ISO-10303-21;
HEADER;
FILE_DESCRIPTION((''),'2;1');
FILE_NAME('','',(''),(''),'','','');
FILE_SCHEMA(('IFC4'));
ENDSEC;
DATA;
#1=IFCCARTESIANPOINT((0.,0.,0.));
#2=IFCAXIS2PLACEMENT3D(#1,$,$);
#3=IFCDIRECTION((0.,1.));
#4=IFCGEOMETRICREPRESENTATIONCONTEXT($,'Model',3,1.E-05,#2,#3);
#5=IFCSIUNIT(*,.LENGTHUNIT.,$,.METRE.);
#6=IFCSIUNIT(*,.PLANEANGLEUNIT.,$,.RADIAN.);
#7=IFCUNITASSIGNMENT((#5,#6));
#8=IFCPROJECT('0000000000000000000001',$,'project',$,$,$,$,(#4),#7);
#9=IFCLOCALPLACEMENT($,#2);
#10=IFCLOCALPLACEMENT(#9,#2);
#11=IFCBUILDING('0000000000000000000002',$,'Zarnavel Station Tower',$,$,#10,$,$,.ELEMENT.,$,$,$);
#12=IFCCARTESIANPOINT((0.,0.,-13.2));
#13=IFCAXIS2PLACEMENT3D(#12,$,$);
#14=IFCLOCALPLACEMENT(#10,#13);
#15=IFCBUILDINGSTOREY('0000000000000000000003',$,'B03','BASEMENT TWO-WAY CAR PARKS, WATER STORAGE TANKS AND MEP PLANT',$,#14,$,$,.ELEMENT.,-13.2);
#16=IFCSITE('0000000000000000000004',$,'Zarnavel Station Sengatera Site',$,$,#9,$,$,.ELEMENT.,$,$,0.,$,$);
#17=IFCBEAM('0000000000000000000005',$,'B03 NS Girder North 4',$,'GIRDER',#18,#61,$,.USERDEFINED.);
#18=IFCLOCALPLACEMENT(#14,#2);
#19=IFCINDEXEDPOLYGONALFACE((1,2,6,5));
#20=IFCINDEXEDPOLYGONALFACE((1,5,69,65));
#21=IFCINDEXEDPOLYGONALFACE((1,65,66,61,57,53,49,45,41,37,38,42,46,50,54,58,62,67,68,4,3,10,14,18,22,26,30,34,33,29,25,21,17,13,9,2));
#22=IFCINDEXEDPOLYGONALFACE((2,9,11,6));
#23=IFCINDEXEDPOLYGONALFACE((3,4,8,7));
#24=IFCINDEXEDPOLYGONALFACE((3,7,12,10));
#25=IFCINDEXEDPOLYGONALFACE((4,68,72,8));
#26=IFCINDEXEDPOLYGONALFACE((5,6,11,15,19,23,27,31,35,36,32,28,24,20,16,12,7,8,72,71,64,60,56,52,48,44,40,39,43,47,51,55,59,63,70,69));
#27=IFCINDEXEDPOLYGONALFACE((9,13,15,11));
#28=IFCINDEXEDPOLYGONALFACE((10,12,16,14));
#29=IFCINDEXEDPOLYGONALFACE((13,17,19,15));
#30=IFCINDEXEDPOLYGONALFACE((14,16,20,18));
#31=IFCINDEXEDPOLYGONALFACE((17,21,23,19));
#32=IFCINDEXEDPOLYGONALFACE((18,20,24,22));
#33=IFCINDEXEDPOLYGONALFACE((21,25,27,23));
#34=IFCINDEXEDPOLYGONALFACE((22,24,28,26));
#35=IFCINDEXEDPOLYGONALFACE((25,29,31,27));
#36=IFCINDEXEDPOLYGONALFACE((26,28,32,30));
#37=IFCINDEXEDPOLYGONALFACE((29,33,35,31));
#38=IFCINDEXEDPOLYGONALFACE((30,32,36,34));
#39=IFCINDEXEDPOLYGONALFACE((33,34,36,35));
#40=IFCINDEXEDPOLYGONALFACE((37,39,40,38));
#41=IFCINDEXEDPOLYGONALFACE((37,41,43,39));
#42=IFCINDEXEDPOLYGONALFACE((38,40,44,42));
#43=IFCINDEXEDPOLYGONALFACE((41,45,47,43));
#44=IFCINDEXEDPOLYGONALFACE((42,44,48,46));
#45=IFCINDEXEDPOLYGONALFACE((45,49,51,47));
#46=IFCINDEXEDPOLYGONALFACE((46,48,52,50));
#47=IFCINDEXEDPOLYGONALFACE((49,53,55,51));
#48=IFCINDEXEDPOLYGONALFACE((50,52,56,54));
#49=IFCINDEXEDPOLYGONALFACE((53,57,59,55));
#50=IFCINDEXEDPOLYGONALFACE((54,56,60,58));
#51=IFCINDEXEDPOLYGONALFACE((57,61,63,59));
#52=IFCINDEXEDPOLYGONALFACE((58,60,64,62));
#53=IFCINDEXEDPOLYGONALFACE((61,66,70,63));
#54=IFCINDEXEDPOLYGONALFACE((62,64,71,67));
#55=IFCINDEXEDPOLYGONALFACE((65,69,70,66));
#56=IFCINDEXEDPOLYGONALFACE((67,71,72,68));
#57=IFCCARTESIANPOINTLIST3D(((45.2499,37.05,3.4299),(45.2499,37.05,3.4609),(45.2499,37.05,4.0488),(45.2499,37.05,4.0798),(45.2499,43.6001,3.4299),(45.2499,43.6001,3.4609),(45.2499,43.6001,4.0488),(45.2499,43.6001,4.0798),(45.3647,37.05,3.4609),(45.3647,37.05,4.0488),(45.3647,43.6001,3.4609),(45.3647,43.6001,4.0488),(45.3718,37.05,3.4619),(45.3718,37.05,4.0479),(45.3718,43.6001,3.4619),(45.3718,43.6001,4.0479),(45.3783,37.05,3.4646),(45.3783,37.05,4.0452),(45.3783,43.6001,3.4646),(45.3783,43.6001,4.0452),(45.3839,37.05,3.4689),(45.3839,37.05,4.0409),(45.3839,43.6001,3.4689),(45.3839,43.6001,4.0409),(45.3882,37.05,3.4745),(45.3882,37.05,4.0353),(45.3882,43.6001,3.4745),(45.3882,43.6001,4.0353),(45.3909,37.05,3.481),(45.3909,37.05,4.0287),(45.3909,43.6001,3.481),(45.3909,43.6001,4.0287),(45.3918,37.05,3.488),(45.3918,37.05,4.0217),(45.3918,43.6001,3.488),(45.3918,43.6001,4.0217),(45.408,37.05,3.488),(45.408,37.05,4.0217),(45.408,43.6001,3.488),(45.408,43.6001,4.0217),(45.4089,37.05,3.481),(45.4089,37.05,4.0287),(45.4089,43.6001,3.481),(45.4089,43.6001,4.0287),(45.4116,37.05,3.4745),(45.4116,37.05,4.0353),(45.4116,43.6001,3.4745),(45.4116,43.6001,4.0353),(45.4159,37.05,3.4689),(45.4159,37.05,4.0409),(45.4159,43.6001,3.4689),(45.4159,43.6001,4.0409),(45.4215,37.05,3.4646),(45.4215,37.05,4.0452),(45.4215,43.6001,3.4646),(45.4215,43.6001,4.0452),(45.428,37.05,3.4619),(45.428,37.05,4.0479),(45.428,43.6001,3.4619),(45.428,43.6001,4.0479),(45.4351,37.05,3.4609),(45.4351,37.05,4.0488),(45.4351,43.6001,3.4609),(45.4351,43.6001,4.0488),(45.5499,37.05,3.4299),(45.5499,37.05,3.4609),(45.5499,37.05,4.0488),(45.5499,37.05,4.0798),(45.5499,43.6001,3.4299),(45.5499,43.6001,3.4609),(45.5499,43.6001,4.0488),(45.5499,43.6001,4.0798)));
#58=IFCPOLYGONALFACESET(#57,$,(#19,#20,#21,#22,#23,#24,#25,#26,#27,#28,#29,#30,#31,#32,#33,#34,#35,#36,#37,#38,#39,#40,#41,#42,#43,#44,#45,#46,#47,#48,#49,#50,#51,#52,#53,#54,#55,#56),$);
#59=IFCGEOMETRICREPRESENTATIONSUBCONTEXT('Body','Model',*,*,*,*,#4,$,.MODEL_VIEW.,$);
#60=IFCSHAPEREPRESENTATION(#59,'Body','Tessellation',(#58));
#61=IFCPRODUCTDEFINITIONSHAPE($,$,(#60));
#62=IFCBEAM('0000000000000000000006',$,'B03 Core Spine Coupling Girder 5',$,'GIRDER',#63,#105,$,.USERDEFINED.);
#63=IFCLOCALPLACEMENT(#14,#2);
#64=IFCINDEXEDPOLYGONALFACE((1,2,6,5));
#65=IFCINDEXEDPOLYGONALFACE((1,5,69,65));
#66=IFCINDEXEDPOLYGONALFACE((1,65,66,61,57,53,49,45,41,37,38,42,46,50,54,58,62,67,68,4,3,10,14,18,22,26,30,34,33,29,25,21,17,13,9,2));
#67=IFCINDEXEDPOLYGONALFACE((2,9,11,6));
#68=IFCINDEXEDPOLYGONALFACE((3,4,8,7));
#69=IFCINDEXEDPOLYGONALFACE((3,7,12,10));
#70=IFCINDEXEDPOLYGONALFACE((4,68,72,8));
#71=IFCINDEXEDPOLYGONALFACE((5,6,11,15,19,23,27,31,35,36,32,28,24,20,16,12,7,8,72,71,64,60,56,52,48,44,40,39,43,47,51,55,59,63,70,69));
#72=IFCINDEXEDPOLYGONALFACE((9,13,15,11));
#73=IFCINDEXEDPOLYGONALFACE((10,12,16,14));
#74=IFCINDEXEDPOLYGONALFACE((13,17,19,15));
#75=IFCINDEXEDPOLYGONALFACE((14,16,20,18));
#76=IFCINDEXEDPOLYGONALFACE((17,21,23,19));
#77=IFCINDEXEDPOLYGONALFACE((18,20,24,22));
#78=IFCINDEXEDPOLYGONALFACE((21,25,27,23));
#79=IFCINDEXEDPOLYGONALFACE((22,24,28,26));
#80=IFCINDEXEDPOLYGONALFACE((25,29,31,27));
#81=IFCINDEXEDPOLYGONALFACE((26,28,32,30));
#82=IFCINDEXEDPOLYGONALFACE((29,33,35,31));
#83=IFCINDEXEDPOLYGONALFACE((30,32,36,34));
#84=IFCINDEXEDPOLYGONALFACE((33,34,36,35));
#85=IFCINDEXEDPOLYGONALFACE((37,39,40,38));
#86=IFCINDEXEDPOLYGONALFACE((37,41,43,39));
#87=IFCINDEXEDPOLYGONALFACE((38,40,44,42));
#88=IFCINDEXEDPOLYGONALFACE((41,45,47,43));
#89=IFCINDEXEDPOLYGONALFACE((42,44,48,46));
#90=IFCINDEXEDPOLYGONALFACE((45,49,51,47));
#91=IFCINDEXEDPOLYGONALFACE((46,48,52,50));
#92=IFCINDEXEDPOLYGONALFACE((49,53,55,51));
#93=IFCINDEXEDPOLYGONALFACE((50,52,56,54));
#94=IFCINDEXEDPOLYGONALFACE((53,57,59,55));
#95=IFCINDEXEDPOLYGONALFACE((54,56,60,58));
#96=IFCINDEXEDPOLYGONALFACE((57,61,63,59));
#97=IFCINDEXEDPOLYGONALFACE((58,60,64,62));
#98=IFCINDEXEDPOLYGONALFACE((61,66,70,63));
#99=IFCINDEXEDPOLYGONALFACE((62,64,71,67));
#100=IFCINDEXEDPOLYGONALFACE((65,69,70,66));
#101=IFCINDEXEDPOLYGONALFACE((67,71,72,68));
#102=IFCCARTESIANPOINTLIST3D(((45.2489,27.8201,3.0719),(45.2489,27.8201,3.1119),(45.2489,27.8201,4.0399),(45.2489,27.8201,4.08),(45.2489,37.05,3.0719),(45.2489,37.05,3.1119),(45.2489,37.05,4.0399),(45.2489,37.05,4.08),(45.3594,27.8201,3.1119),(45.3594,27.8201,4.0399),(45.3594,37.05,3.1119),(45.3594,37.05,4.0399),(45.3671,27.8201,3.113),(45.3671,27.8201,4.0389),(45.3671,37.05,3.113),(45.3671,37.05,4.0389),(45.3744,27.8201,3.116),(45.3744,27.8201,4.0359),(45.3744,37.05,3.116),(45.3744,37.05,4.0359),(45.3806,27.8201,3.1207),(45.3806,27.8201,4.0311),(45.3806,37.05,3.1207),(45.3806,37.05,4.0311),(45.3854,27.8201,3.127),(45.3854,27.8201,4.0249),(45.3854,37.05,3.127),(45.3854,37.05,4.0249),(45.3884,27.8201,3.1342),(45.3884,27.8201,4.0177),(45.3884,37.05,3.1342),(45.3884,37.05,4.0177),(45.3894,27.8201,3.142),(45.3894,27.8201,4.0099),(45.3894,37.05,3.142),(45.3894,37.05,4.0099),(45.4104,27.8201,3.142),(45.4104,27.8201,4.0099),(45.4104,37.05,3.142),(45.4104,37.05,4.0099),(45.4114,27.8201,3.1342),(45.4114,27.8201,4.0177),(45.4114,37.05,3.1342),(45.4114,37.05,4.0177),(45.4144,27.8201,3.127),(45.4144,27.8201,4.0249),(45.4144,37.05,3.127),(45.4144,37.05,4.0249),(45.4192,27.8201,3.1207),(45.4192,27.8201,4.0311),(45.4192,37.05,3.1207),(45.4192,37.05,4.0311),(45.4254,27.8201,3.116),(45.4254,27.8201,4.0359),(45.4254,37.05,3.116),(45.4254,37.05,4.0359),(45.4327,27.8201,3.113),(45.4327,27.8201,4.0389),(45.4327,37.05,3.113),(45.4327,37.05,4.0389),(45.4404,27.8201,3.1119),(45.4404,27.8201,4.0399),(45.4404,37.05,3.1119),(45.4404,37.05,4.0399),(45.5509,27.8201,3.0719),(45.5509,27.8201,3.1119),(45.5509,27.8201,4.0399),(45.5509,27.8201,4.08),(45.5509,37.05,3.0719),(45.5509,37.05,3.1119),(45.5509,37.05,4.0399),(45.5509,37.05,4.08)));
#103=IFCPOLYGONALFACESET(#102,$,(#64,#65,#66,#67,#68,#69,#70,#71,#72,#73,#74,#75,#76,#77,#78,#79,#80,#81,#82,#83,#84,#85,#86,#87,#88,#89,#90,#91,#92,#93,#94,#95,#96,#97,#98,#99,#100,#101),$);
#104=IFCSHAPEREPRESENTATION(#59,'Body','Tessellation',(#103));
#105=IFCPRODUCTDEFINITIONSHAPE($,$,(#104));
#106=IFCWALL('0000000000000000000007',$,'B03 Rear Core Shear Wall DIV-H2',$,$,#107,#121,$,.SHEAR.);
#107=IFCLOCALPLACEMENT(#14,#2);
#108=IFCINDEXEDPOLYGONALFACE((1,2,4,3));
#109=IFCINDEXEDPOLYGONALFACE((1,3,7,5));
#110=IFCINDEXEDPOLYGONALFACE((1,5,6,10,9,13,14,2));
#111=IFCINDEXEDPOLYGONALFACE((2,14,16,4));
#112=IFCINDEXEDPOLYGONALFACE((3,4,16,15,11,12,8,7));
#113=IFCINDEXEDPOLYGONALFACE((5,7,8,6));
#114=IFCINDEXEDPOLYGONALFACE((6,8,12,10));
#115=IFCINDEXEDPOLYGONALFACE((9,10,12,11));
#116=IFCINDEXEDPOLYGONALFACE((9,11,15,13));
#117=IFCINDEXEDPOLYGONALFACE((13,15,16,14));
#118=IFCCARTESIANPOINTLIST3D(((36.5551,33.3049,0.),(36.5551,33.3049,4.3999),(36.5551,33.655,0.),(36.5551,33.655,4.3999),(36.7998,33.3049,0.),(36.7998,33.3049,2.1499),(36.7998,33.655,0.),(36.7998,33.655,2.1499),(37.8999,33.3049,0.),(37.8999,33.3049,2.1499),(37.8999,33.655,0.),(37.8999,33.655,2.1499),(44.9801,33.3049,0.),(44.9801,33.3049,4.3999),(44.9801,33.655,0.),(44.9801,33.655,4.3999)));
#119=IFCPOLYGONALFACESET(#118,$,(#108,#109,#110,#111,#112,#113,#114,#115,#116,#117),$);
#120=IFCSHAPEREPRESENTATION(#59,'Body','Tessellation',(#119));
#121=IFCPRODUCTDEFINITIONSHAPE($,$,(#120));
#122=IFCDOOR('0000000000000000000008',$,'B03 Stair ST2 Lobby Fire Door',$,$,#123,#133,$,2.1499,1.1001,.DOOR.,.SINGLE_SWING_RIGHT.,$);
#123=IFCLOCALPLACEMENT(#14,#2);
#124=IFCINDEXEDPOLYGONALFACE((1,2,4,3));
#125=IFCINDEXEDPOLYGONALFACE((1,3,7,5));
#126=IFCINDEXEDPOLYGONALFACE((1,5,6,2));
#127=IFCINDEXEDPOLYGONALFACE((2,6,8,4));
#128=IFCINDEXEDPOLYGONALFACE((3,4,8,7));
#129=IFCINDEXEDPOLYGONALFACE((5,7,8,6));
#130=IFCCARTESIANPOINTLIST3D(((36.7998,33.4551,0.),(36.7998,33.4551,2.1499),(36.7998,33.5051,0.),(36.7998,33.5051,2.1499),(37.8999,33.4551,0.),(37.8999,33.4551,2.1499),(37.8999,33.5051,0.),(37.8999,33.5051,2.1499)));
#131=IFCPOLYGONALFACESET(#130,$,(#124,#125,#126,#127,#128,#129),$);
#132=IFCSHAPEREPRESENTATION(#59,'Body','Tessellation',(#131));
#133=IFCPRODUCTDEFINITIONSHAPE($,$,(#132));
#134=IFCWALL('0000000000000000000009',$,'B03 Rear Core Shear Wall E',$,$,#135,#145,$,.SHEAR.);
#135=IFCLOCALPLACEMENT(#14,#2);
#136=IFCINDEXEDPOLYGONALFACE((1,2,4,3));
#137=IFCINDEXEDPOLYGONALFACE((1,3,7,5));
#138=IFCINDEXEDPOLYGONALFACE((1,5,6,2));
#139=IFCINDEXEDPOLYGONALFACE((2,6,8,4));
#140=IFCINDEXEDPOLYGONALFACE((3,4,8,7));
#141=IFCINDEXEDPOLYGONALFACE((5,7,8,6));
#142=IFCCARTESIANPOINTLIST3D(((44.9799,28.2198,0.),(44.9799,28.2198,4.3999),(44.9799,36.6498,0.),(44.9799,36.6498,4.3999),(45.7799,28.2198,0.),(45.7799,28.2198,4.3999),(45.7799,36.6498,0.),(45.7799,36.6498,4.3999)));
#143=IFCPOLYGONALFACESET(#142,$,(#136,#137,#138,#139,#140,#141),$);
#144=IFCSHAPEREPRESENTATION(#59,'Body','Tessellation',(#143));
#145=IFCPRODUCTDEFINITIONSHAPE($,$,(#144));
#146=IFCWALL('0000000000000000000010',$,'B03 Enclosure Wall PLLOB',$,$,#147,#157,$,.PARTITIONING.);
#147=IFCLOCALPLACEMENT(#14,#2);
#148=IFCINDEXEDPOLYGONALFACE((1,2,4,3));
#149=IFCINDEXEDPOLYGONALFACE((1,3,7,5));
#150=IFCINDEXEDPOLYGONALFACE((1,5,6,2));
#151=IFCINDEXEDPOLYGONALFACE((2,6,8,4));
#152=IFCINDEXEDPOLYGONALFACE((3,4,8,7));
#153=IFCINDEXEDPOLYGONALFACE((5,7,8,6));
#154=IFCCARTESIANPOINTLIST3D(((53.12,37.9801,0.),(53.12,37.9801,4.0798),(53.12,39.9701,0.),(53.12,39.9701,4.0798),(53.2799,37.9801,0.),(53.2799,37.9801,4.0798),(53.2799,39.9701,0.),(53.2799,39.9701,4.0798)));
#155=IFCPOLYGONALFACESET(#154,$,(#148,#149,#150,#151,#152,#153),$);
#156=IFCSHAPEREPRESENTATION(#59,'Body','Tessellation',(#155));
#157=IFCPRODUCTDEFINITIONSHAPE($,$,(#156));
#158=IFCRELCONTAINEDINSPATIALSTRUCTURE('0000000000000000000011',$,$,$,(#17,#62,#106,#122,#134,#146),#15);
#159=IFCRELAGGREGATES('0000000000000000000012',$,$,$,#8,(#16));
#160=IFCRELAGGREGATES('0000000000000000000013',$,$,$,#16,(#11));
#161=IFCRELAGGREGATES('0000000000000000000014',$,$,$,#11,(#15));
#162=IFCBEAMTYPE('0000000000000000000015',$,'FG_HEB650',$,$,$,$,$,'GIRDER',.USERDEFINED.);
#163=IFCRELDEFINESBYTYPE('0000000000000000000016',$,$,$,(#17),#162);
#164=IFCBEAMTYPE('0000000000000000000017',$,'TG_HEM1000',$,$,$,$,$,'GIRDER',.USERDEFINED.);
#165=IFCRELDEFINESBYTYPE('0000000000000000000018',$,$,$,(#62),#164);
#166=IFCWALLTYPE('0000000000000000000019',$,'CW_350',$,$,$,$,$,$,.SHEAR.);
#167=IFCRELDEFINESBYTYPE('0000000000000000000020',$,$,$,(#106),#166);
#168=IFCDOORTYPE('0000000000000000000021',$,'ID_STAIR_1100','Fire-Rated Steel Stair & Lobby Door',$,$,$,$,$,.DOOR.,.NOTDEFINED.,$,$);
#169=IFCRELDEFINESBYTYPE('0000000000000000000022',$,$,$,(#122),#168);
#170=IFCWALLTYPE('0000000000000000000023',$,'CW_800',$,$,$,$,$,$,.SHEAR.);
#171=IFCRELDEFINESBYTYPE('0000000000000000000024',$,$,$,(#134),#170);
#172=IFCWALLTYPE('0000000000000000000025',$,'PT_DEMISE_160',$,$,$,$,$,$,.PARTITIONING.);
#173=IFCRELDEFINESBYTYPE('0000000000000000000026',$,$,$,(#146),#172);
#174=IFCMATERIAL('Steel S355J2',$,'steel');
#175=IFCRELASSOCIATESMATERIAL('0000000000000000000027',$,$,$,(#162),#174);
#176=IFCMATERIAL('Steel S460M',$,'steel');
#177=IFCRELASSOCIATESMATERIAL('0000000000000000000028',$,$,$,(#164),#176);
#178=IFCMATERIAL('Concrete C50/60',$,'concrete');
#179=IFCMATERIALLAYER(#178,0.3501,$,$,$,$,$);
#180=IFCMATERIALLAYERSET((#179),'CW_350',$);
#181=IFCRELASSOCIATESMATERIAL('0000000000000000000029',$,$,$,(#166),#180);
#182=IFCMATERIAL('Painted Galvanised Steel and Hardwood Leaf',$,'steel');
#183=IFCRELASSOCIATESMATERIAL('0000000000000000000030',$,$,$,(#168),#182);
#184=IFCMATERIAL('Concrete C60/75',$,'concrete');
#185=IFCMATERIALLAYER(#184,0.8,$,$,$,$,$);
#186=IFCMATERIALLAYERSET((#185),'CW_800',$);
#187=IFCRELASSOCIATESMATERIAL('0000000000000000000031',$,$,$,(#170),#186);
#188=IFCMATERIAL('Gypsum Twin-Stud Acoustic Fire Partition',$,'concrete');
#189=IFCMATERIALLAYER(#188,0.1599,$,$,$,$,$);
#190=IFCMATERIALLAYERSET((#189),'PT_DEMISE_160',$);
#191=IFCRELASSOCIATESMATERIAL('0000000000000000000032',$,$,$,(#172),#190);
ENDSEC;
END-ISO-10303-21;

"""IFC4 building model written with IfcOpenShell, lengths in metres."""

from ifc_helpers import new_model, si_unit, direction, frame, frame_2d, origin, origin_2d, place, context, subcontext, project, spatial, rectangle, i_section, extrude, material, layer, layer_set, material_profile, profile_set, type_object, element, fill, save


model = new_model("IFC4")

# Units and contexts
model_context = context("Model", 3, precision=1e-05, world=origin(), true_north=direction((0.0, 1.0)))
body_context = subcontext(model_context, "Body", "Model", "MODEL_VIEW")
ifc_project = project(units=[si_unit("LENGTHUNIT", "METRE"), si_unit("PLANEANGLEUNIT", "RADIAN")], contexts=[model_context])

# Site, building, storey
site_placement = place(None, origin())
site = spatial("IfcSite", under=ifc_project, at=site_placement, Name="Zarnavel Station Sengatera Site", CompositionType="ELEMENT", RefElevation=0.0)
building_placement = place(site_placement, origin())
building = spatial("IfcBuilding", under=site, at=building_placement, Name="Zarnavel Station Tower", CompositionType="ELEMENT")
storey_placement = place(building_placement, frame((0.0, 0.0, -13.2)))
storey = spatial("IfcBuildingStorey", under=building, at=storey_placement, Name="B03", Description="BASEMENT TWO-WAY CAR PARKS, WATER STORAGE TANKS AND MEP PLANT", CompositionType="ELEMENT", Elevation=-13.2)

# Beams
ifc_material_1 = material(Name="Steel S355J2", Category="steel")
ifc_material_profile_1 = material_profile(ifc_material_1, i_section(OverallWidth=0.3, OverallDepth=0.6499, WebThickness=0.0161, FlangeThickness=0.031, FilletRadius=0.0271, at=origin_2d()), Name="HEB650")
ifc_profile_set_1 = profile_set([ifc_material_profile_1], Name="Steel S355J2")
beam_type_1 = type_object("IfcBeamType", Name="FG_HEB650", ElementType="GIRDER", PredefinedType="USERDEFINED", material=ifc_profile_set_1)
beam_1_placement = place(storey_placement, frame((45.3999, 37.05, 3.7549), z_axis=(0.0, 1.0, 0.0), x_axis=(-1.0, 0.0, 0.0)))
element("IfcBeam", 1, at=beam_1_placement, inside=storey, type_object=beam_type_1, Name="B03 NS Girder North 4", ObjectType="GIRDER", PredefinedType="USERDEFINED", context=body_context, shape_type="SweptSolid", body=[
    extrude(i_section(OverallWidth=0.3, OverallDepth=0.6499, WebThickness=0.0161, FlangeThickness=0.031, FilletRadius=0.0271, at=origin_2d()), origin(), (0.0, 0.0, 1.0), 6.55),
])
ifc_material_2 = material(Name="Steel S460M", Category="steel")
ifc_material_profile_2 = material_profile(ifc_material_2, i_section(OverallWidth=0.302, OverallDepth=1.0081, WebThickness=0.021, FlangeThickness=0.04, FilletRadius=0.03, at=origin_2d()), Name="HEM1000")
ifc_profile_set_2 = profile_set([ifc_material_profile_2], Name="Steel S460M")
beam_type_2 = type_object("IfcBeamType", Name="TG_HEM1000", ElementType="GIRDER", PredefinedType="USERDEFINED", material=ifc_profile_set_2)
beam_2_placement = place(storey_placement, frame((45.3999, 27.8201, 3.5759), z_axis=(0.0, 1.0, 0.0), x_axis=(-1.0, 0.0, 0.0)))
element("IfcBeam", 2, at=beam_2_placement, inside=storey, type_object=beam_type_2, Name="B03 Core Spine Coupling Girder 5", ObjectType="GIRDER", PredefinedType="USERDEFINED", context=body_context, shape_type="SweptSolid", body=[
    extrude(i_section(OverallWidth=0.302, OverallDepth=1.0081, WebThickness=0.021, FlangeThickness=0.04, FilletRadius=0.03, at=origin_2d()), origin(), (0.0, 0.0, 1.0), 9.23),
])

# Wall, opening, door
ifc_material_3 = material(Name="Concrete C50/60", Category="concrete")
ifc_layer_1 = layer(ifc_material_3, 0.3501)
ifc_layer_set_1 = layer_set([ifc_layer_1], Name="CW_350")
wall_type_1 = type_object("IfcWallType", Name="CW_350", PredefinedType="SHEAR", material=ifc_layer_set_1)
wall_1_placement = place(storey_placement, frame((44.98, 33.48, 0.0), z_axis=(0.0, 0.0, 1.0), x_axis=(-1.0, 0.0, 0.0)))
wall_1 = element("IfcWall", 3, at=wall_1_placement, inside=storey, type_object=wall_type_1, Name="B03 Rear Core Shear Wall DIV-H2", PredefinedType="SHEAR", context=body_context, shape_type="SweptSolid", body=[
    extrude(rectangle(XDim=8.425, YDim=0.3501, at=frame_2d((4.2124, 0.0))), origin(), (0.0, 0.0, 1.0), 4.3999),
])
opening_1_placement = place(wall_1_placement, frame((7.0801, 0.0, 0.0)))
opening_1 = element("IfcOpeningElement", 4, at=opening_1_placement, cuts=wall_1, PredefinedType="OPENING", context=body_context, shape_type="SweptSolid", body=[
    extrude(rectangle(XDim=1.1001, YDim=2.1499, at=frame_2d((0.55, 1.075))), frame((0.0, 0.1851, 0.0), z_axis=(0.0, -1.0, 0.0), x_axis=(1.0, 0.0, 0.0)), (0.0, 0.0, 1.0), 0.3701),
])
ifc_material_4 = material(Name="Painted Galvanised Steel and Hardwood Leaf", Category="steel")
door_type_1 = type_object("IfcDoorType", Name="ID_STAIR_1100", Description="Fire-Rated Steel Stair & Lobby Door", OperationType="NOTDEFINED", PredefinedType="DOOR", material=ifc_material_4)
door_1_placement = place(opening_1_placement, origin())
door_1 = element("IfcDoor", 5, at=door_1_placement, inside=storey, type_object=door_type_1, Name="B03 Stair ST2 Lobby Fire Door", OperationType="SINGLE_SWING_RIGHT", OverallHeight=2.1499, OverallWidth=1.1001, PredefinedType="DOOR", context=body_context, shape_type="SweptSolid", body=[
    extrude(rectangle(XDim=1.1001, YDim=2.1499, at=frame_2d((0.55, 1.075))), frame((0.0, 0.0249, 0.0), z_axis=(0.0, -1.0, 0.0), x_axis=(1.0, 0.0, 0.0)), (0.0, 0.0, 1.0), 0.05),
])
fill(opening_1, door_1)

# Walls
ifc_material_5 = material(Name="Concrete C60/75", Category="concrete")
ifc_layer_2 = layer(ifc_material_5, 0.8)
ifc_layer_set_2 = layer_set([ifc_layer_2], Name="CW_800")
wall_type_2 = type_object("IfcWallType", Name="CW_800", PredefinedType="SHEAR", material=ifc_layer_set_2)
wall_2_placement = place(storey_placement, frame((45.3799, 28.22, 0.0), z_axis=(0.0, 0.0, 1.0), x_axis=(0.0, 1.0, 0.0)))
element("IfcWall", 6, at=wall_2_placement, inside=storey, type_object=wall_type_2, Name="B03 Rear Core Shear Wall E", PredefinedType="SHEAR", context=body_context, shape_type="SweptSolid", body=[
    extrude(rectangle(XDim=8.4299, YDim=0.8, at=frame_2d((4.2148, 0.0))), origin(), (0.0, 0.0, 1.0), 4.3999),
])
ifc_material_6 = material(Name="Gypsum Twin-Stud Acoustic Fire Partition", Category="concrete")
ifc_layer_3 = layer(ifc_material_6, 0.1599)
ifc_layer_set_3 = layer_set([ifc_layer_3], Name="PT_DEMISE_160")
wall_type_3 = type_object("IfcWallType", Name="PT_DEMISE_160", PredefinedType="PARTITIONING", material=ifc_layer_set_3)
wall_3_placement = place(storey_placement, frame((53.2, 37.98, 0.0), z_axis=(0.0, 0.0, 1.0), x_axis=(0.0, 1.0, 0.0)))
element("IfcWall", 7, at=wall_3_placement, inside=storey, type_object=wall_type_3, Name="B03 Enclosure Wall PLLOB", PredefinedType="PARTITIONING", context=body_context, shape_type="SweptSolid", body=[
    extrude(rectangle(XDim=1.99, YDim=0.1599, at=frame_2d((0.9951, 0.0))), origin(), (0.0, 0.0, 1.0), 4.0798),
])

save(model, "model.ifc")
